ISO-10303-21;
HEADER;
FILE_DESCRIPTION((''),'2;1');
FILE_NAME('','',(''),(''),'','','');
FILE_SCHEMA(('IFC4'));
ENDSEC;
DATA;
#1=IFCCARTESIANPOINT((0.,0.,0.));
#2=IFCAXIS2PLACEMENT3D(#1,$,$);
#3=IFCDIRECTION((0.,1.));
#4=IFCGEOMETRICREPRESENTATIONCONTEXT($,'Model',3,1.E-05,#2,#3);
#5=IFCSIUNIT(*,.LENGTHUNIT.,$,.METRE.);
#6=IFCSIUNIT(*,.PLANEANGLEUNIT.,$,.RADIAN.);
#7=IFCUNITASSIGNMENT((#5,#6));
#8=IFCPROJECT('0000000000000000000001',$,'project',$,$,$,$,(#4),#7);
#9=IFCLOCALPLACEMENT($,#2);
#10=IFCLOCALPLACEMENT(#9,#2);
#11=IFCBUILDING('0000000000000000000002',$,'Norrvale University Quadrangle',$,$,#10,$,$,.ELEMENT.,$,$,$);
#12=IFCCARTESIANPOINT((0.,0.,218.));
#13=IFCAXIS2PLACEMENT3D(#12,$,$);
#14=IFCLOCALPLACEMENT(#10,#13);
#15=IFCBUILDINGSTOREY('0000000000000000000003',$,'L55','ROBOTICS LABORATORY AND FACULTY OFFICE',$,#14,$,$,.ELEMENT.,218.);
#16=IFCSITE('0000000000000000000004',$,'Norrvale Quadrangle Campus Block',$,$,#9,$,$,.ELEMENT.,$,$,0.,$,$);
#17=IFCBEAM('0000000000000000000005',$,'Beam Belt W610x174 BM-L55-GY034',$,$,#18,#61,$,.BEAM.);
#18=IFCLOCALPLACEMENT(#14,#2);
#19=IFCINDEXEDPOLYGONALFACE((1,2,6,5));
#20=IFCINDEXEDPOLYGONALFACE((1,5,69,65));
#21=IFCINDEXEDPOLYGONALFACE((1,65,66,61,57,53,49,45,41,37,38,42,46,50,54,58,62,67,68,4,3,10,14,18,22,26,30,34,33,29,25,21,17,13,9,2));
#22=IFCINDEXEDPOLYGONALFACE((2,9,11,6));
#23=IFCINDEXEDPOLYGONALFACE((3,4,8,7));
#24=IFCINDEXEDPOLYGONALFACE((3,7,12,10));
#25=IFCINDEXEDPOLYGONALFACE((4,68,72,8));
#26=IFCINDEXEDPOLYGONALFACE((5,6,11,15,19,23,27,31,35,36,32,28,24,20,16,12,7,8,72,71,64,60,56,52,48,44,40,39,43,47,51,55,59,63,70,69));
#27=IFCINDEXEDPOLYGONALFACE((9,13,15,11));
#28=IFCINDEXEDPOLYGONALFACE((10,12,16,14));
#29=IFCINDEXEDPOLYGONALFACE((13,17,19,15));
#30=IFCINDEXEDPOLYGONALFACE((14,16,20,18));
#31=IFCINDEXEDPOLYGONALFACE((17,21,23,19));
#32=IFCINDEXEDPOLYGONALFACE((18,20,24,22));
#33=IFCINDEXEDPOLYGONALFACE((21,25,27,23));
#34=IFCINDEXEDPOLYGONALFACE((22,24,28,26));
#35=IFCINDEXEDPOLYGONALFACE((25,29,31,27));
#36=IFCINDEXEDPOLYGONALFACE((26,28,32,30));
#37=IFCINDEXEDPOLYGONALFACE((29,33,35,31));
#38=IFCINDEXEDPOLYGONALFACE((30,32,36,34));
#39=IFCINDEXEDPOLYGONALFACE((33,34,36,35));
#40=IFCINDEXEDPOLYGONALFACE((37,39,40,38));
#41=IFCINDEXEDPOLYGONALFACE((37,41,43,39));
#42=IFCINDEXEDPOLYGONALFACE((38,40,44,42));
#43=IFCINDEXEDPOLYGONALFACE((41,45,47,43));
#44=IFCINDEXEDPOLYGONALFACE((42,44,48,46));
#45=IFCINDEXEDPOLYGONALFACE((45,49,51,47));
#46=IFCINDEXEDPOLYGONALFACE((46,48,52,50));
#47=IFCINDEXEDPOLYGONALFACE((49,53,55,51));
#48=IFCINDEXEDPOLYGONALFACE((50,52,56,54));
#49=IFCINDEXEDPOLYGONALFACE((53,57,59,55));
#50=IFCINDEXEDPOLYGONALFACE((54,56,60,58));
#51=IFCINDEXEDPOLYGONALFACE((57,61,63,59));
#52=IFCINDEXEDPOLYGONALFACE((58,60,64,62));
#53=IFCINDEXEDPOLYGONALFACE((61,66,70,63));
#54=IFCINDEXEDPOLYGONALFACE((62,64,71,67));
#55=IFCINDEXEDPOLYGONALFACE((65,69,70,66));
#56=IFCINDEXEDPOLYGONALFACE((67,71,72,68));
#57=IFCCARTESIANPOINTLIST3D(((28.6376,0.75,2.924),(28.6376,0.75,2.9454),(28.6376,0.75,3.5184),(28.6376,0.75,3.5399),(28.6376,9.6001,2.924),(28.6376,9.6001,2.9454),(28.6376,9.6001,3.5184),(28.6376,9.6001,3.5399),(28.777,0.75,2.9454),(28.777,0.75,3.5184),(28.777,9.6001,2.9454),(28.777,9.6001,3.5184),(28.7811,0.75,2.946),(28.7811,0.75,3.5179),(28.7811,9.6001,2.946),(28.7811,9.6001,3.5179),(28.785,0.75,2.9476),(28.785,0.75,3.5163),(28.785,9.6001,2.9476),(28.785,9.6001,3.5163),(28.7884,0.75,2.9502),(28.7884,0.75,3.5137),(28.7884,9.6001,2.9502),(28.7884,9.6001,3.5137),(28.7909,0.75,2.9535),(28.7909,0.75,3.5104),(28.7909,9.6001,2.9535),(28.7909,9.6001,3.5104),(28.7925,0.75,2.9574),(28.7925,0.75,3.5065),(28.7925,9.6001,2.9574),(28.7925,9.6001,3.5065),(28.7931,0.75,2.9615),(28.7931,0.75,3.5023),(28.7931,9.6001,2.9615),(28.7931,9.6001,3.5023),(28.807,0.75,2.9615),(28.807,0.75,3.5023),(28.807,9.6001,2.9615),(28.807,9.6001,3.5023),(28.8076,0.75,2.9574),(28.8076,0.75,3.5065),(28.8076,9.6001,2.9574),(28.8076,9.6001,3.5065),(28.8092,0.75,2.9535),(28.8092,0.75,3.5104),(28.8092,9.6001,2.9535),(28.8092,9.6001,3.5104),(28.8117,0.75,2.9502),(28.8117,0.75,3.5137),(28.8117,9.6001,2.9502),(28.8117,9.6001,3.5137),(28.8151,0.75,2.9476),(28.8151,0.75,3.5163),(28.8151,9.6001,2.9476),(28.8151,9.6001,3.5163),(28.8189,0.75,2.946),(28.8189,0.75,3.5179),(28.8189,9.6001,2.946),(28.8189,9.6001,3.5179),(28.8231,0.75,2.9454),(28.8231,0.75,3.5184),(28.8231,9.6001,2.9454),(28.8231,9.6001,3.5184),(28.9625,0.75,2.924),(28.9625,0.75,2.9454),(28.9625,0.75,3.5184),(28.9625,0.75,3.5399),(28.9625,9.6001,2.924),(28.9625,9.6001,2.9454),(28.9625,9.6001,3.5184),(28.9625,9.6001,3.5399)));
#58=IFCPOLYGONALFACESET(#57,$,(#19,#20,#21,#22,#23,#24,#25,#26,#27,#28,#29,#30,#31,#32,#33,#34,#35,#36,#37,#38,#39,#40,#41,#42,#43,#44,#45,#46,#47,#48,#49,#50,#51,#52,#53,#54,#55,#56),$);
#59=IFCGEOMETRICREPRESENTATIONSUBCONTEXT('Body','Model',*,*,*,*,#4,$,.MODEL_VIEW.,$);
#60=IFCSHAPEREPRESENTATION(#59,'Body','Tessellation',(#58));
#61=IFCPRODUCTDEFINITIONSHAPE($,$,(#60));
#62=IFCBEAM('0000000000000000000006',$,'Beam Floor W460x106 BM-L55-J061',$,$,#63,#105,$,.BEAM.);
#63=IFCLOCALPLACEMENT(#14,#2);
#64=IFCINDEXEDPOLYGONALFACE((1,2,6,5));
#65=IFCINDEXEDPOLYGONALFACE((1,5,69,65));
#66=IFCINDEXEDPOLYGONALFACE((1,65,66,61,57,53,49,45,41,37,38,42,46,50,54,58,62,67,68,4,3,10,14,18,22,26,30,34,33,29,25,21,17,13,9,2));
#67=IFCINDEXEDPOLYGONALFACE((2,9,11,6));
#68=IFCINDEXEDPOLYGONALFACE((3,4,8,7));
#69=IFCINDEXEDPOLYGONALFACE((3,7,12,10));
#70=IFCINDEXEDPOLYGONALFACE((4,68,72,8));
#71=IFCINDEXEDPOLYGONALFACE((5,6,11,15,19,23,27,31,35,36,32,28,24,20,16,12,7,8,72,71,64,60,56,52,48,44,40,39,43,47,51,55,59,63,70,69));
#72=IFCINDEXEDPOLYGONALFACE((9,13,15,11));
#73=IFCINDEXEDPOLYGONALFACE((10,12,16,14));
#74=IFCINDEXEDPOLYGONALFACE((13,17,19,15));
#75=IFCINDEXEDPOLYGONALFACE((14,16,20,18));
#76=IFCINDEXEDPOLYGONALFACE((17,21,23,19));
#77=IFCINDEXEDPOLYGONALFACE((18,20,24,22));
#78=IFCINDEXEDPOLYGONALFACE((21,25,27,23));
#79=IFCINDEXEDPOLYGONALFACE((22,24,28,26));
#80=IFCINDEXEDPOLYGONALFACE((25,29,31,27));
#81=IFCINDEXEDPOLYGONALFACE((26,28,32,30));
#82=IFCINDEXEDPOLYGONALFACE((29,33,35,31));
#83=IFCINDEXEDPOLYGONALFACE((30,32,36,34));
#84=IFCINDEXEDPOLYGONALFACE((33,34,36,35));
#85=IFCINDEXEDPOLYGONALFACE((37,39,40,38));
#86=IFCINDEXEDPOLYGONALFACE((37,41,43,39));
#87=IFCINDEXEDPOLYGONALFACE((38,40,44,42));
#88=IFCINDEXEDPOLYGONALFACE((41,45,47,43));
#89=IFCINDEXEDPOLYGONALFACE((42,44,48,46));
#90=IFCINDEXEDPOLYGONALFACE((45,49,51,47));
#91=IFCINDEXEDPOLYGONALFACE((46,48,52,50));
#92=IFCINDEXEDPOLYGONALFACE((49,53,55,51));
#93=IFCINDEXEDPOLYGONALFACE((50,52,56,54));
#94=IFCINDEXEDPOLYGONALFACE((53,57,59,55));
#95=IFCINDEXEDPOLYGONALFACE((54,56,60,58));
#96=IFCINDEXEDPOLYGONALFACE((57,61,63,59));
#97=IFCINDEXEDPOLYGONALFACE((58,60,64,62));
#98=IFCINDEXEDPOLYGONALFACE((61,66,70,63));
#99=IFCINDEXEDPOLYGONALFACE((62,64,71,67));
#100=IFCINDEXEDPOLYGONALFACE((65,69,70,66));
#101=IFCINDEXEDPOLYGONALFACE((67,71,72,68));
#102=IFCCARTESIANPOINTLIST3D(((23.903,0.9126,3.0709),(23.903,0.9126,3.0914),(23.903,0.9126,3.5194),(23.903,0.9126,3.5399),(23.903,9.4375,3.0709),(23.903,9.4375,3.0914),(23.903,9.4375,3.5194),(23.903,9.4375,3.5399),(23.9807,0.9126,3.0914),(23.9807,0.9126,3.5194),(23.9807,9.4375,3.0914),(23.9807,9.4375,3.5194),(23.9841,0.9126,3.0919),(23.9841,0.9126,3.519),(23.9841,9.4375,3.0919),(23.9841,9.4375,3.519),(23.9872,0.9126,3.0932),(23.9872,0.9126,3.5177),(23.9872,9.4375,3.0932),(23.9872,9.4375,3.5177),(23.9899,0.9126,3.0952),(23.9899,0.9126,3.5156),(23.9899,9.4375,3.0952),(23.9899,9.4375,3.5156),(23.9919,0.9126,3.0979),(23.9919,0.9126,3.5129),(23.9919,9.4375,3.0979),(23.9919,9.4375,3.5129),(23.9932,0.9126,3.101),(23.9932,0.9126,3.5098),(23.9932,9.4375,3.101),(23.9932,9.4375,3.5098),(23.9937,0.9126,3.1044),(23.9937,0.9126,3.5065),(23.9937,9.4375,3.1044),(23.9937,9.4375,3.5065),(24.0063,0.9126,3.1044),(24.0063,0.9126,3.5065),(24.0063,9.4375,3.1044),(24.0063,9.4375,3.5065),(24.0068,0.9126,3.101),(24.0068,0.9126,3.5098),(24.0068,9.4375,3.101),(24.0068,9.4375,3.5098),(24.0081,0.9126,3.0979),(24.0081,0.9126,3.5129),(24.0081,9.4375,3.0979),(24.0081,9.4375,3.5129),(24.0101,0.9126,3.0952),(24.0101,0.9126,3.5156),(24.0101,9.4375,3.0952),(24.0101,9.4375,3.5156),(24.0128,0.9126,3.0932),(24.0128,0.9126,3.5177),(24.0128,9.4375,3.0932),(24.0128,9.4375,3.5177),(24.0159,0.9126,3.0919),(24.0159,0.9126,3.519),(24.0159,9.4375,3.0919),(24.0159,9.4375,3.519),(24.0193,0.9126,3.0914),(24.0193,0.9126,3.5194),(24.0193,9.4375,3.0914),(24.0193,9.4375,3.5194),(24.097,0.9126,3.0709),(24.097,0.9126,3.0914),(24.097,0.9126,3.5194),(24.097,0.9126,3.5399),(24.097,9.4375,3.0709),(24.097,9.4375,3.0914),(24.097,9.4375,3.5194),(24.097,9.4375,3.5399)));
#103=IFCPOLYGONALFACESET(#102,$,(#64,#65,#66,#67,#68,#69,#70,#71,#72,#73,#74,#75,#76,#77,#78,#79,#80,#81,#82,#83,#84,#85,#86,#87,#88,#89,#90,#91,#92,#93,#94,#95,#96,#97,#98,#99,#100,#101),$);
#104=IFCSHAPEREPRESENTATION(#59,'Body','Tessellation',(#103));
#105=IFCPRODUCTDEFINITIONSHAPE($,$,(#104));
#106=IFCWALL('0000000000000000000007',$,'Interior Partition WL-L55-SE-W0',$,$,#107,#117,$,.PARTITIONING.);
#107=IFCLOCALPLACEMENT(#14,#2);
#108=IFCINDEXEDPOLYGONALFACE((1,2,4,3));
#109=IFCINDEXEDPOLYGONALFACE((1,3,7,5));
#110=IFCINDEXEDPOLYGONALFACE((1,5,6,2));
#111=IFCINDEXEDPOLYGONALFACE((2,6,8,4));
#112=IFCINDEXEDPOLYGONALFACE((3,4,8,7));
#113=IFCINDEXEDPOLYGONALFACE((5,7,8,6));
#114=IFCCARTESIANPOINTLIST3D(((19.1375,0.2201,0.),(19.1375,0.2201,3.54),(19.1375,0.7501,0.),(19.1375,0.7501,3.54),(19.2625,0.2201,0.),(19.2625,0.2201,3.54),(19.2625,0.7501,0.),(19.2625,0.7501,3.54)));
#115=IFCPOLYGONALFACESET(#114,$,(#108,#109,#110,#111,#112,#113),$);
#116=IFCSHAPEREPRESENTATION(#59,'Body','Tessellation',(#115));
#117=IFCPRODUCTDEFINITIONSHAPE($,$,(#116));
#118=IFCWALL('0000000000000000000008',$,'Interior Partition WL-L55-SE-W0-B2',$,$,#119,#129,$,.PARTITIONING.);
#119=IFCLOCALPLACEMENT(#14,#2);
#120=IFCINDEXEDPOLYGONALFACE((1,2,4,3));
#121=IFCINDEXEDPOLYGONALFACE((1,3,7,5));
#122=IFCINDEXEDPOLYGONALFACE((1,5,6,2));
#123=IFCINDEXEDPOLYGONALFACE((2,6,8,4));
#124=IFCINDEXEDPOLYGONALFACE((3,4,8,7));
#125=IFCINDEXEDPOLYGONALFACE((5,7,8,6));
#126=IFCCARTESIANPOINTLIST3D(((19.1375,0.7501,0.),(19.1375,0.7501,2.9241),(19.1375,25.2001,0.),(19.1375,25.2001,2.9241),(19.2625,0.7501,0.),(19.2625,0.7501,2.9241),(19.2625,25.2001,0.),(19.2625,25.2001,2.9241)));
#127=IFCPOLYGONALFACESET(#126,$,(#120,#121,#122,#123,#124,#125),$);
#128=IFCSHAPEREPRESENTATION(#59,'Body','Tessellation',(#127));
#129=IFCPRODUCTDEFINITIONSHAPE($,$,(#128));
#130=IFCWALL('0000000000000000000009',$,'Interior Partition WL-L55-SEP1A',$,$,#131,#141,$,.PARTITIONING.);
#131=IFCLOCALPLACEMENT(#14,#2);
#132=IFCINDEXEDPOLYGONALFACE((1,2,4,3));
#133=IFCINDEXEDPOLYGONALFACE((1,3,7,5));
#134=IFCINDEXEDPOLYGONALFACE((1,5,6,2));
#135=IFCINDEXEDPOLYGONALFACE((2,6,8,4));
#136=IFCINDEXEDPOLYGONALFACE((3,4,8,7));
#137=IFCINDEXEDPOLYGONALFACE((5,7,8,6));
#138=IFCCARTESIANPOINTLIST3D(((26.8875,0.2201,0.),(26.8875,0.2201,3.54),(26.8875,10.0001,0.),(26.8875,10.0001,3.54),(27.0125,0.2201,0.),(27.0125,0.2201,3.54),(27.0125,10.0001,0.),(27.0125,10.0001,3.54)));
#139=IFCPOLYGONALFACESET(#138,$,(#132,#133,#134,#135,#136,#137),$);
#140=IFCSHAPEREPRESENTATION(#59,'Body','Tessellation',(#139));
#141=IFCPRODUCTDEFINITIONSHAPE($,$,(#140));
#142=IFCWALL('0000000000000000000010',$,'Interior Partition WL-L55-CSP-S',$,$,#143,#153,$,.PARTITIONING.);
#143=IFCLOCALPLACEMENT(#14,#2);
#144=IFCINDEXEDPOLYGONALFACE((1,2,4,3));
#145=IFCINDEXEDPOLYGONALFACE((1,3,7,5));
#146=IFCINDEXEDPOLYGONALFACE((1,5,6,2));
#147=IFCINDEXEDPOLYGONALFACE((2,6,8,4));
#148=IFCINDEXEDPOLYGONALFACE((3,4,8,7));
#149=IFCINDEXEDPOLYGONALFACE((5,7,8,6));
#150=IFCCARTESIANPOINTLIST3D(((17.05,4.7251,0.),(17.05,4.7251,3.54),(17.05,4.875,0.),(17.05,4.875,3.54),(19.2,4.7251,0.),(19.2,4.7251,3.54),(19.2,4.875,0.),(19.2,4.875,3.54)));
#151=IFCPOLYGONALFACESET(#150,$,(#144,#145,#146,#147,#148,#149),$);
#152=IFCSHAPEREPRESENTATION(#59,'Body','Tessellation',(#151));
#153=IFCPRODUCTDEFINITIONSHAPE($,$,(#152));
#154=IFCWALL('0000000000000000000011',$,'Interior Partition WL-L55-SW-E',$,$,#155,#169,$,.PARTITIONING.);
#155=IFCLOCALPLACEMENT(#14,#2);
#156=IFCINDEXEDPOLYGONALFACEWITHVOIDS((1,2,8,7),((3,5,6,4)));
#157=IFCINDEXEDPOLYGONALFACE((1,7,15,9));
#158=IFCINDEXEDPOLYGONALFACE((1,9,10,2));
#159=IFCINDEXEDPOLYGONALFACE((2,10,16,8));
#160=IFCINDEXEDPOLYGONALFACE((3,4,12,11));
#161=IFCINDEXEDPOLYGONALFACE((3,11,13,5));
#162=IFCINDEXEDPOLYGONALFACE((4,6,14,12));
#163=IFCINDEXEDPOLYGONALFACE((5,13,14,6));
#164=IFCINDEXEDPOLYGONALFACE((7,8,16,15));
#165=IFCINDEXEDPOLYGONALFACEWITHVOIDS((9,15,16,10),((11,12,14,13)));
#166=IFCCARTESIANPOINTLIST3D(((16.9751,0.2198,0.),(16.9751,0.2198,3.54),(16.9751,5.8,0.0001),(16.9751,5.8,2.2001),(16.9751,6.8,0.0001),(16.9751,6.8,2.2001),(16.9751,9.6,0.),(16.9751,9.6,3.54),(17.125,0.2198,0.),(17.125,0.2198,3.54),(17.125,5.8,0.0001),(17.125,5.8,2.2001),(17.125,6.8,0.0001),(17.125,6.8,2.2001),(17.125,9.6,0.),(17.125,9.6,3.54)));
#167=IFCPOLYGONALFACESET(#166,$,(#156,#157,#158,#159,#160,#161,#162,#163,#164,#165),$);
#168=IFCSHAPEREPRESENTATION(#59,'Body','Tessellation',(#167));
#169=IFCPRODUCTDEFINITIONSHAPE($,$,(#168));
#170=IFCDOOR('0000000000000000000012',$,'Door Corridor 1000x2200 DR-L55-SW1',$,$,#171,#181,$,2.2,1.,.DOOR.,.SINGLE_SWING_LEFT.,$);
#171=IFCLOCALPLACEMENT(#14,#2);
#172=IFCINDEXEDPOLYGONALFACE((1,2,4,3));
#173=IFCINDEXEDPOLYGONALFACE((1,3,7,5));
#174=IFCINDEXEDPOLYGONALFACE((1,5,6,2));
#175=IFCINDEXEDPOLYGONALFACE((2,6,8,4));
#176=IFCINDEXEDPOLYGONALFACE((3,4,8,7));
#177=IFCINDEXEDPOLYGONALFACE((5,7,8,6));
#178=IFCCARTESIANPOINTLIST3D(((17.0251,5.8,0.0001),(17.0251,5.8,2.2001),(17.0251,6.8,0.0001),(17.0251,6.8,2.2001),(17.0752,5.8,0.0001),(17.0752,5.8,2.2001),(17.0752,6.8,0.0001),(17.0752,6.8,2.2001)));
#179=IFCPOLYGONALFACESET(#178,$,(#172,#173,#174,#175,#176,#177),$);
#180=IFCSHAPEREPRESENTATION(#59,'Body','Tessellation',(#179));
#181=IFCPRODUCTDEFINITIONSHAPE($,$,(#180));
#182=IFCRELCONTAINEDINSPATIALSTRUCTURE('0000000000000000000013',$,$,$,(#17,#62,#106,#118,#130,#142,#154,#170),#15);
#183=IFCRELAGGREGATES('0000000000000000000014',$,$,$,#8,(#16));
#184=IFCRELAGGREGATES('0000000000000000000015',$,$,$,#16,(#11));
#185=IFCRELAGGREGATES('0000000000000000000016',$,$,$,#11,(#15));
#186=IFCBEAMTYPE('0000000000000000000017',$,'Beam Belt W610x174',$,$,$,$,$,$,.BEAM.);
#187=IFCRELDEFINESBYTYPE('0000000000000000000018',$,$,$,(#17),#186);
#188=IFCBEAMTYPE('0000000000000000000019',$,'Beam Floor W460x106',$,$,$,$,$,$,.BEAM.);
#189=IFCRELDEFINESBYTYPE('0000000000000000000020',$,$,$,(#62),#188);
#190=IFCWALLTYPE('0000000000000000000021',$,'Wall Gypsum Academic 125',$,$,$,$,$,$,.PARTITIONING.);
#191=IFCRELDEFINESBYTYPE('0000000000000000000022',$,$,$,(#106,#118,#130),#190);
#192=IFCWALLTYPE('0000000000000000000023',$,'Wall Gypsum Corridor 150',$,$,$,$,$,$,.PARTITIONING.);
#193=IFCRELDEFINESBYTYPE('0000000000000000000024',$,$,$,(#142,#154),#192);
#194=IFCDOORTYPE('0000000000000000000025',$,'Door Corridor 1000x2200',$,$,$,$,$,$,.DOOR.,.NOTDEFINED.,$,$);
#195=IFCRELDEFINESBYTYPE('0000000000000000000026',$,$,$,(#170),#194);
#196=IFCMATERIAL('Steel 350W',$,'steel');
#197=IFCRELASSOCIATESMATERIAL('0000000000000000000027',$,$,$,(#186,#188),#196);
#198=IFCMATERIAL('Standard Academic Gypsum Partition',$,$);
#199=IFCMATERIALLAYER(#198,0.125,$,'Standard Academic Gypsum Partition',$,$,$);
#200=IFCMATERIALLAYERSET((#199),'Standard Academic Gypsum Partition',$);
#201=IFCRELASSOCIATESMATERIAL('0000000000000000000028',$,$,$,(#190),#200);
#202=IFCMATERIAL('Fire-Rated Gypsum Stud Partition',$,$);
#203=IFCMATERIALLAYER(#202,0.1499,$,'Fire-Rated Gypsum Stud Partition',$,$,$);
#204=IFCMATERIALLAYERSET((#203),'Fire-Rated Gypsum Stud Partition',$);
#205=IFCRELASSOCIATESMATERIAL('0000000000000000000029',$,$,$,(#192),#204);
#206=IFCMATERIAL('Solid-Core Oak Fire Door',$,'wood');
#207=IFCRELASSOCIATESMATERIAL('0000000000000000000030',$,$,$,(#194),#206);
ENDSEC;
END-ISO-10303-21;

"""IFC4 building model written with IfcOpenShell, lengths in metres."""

from ifc_helpers import new_model, si_unit, direction, frame, frame_2d, origin, origin_2d, place, context, subcontext, project, spatial, rectangle, i_section, extrude, material, layer, layer_set, material_profile, profile_set, type_object, element, fill, save


model = new_model("IFC4")

# Units and contexts
model_context = context("Model", 3, precision=1e-05, world=origin(), true_north=direction((0.0, 1.0)))
body_context = subcontext(model_context, "Body", "Model", "MODEL_VIEW")
ifc_project = project(units=[si_unit("LENGTHUNIT", "METRE"), si_unit("PLANEANGLEUNIT", "RADIAN")], contexts=[model_context])

# Site, building, storey
site_placement = place(None, origin())
site = spatial("IfcSite", under=ifc_project, at=site_placement, Name="Norrvale Quadrangle Campus Block", CompositionType="ELEMENT", RefElevation=0.0)
building_placement = place(site_placement, origin())
building = spatial("IfcBuilding", under=site, at=building_placement, Name="Norrvale University Quadrangle", CompositionType="ELEMENT")
storey_placement = place(building_placement, frame((0.0, 0.0, 218.0)))
storey = spatial("IfcBuildingStorey", under=building, at=storey_placement, Name="L55", Description="ROBOTICS LABORATORY AND FACULTY OFFICE", CompositionType="ELEMENT", Elevation=218.0)

# Beams
ifc_material_1 = material(Name="Steel 350W", Category="steel")
ifc_material_profile_1 = material_profile(ifc_material_1, i_section(OverallWidth=0.325, OverallDepth=0.616, WebThickness=0.0139, FlangeThickness=0.0215, FilletRadius=0.0161, at=origin_2d()), Name="Steel 350W")
ifc_profile_set_1 = profile_set([ifc_material_profile_1], Name="Steel 350W")
beam_type_1 = type_object("IfcBeamType", Name="Beam Belt W610x174", PredefinedType="BEAM", material=ifc_profile_set_1)
beam_1_placement = place(storey_placement, frame((28.8, 0.75, 3.2319), z_axis=(0.0, 1.0, 0.0), x_axis=(-1.0, 0.0, 0.0)))
element("IfcBeam", 1, at=beam_1_placement, inside=storey, type_object=beam_type_1, Name="Beam Belt W610x174 BM-L55-GY034", PredefinedType="BEAM", context=body_context, shape_type="SweptSolid", body=[
    extrude(i_section(OverallWidth=0.325, OverallDepth=0.616, WebThickness=0.0139, FlangeThickness=0.0215, FilletRadius=0.0161, at=origin_2d()), origin(), (0.0, 0.0, 1.0), 8.8501),
])
ifc_material_profile_2 = material_profile(ifc_material_1, i_section(OverallWidth=0.1941, OverallDepth=0.469, WebThickness=0.0127, FlangeThickness=0.0205, FilletRadius=0.0129, at=origin_2d()), Name="Steel 350W")
ifc_profile_set_2 = profile_set([ifc_material_profile_2], Name="Steel 350W")
beam_type_2 = type_object("IfcBeamType", Name="Beam Floor W460x106", PredefinedType="BEAM", material=ifc_profile_set_2)
beam_2_placement = place(storey_placement, frame((24.0, 0.9126, 3.3054), z_axis=(0.0, 1.0, 0.0), x_axis=(-1.0, 0.0, 0.0)))
element("IfcBeam", 2, at=beam_2_placement, inside=storey, type_object=beam_type_2, Name="Beam Floor W460x106 BM-L55-J061", PredefinedType="BEAM", context=body_context, shape_type="SweptSolid", body=[
    extrude(i_section(OverallWidth=0.1941, OverallDepth=0.469, WebThickness=0.0127, FlangeThickness=0.0205, FilletRadius=0.0129, at=origin_2d()), origin(), (0.0, 0.0, 1.0), 8.5249),
])

# Walls
ifc_material_2 = material(Name="Standard Academic Gypsum Partition")
ifc_layer_1 = layer(ifc_material_2, 0.125, Name="Standard Academic Gypsum Partition")
ifc_layer_set_1 = layer_set([ifc_layer_1], Name="Standard Academic Gypsum Partition")
wall_type_1 = type_object("IfcWallType", Name="Wall Gypsum Academic 125", PredefinedType="PARTITIONING", material=ifc_layer_set_1)
wall_1_placement = place(storey_placement, frame((19.2, 0.22, 0.0), z_axis=(0.0, 0.0, 1.0), x_axis=(0.0, 1.0, 0.0)))
element("IfcWall", 3, at=wall_1_placement, inside=storey, type_object=wall_type_1, Name="Interior Partition WL-L55-SE-W0", PredefinedType="PARTITIONING", context=body_context, shape_type="SweptSolid", body=[
    extrude(rectangle(XDim=0.53, YDim=0.125, at=frame_2d((0.2651, 0.0))), origin(), (0.0, 0.0, 1.0), 3.54),
])
wall_2_placement = place(storey_placement, frame((19.2, 0.75, 0.0), z_axis=(0.0, 0.0, 1.0), x_axis=(0.0, 1.0, 0.0)))
element("IfcWall", 4, at=wall_2_placement, inside=storey, type_object=wall_type_1, Name="Interior Partition WL-L55-SE-W0-B2", PredefinedType="PARTITIONING", context=body_context, shape_type="SweptSolid", body=[
    extrude(rectangle(XDim=24.45, YDim=0.125, at=frame_2d((12.2251, 0.0))), origin(), (0.0, 0.0, 1.0), 2.9241),
])
wall_3_placement = place(storey_placement, frame((26.95, 0.22, 0.0), z_axis=(0.0, 0.0, 1.0), x_axis=(0.0, 1.0, 0.0)))
element("IfcWall", 5, at=wall_3_placement, inside=storey, type_object=wall_type_1, Name="Interior Partition WL-L55-SEP1A", PredefinedType="PARTITIONING", context=body_context, shape_type="SweptSolid", body=[
    extrude(rectangle(XDim=9.78, YDim=0.125, at=frame_2d((4.8901, 0.0))), origin(), (0.0, 0.0, 1.0), 3.54),
])
ifc_material_3 = material(Name="Fire-Rated Gypsum Stud Partition")
ifc_layer_2 = layer(ifc_material_3, 0.1499, Name="Fire-Rated Gypsum Stud Partition")
ifc_layer_set_2 = layer_set([ifc_layer_2], Name="Fire-Rated Gypsum Stud Partition")
wall_type_2 = type_object("IfcWallType", Name="Wall Gypsum Corridor 150", PredefinedType="PARTITIONING", material=ifc_layer_set_2)
wall_4_placement = place(storey_placement, frame((17.05, 4.8, 0.0), z_axis=(0.0, 0.0, 1.0), x_axis=(1.0, 0.0, 0.0)))
element("IfcWall", 6, at=wall_4_placement, inside=storey, type_object=wall_type_2, Name="Interior Partition WL-L55-CSP-S", PredefinedType="PARTITIONING", context=body_context, shape_type="SweptSolid", body=[
    extrude(rectangle(XDim=2.1499, YDim=0.1499, at=frame_2d((1.075, 0.0))), origin(), (0.0, 0.0, 1.0), 3.54),
])

# Wall, opening, door
wall_5_placement = place(storey_placement, frame((17.05, 0.22, 0.0), z_axis=(0.0, 0.0, 1.0), x_axis=(0.0, 1.0, 0.0)))
wall_5 = element("IfcWall", 7, at=wall_5_placement, inside=storey, type_object=wall_type_2, Name="Interior Partition WL-L55-SW-E", PredefinedType="PARTITIONING", context=body_context, shape_type="SweptSolid", body=[
    extrude(rectangle(XDim=9.3801, YDim=0.1499, at=frame_2d((4.6899, 0.0))), origin(), (0.0, 0.0, 1.0), 3.54),
])
opening_placement = place(wall_5_placement, frame((5.5801, 0.0, 0.0)))
opening = element("IfcOpeningElement", 8, at=opening_placement, cuts=wall_5, PredefinedType="OPENING", context=body_context, shape_type="SweptSolid", body=[
    extrude(rectangle(XDim=1.0, YDim=2.2, at=frame_2d((0.5, 1.1001))), frame((0.0, 0.0869, 0.0), z_axis=(0.0, -1.0, 0.0), x_axis=(1.0, 0.0, 0.0)), (0.0, 0.0, 1.0), 0.1738),
])
ifc_material_4 = material(Name="Solid-Core Oak Fire Door", Category="wood")
door_type = type_object("IfcDoorType", Name="Door Corridor 1000x2200", OperationType="NOTDEFINED", PredefinedType="DOOR", material=ifc_material_4)
door_placement = place(opening_placement, origin())
door = element("IfcDoor", 9, at=door_placement, inside=storey, type_object=door_type, Name="Door Corridor 1000x2200 DR-L55-SW1", OperationType="SINGLE_SWING_LEFT", OverallHeight=2.2, OverallWidth=1.0, PredefinedType="DOOR", context=body_context, shape_type="SweptSolid", body=[
    extrude(rectangle(XDim=1.0, YDim=2.2, at=frame_2d((0.5, 1.1001))), frame((0.0, 0.0249, 0.0), z_axis=(0.0, -1.0, 0.0), x_axis=(1.0, 0.0, 0.0)), (0.0, 0.0, 1.0), 0.05),
])
fill(opening, door)

save(model, "model.ifc")
